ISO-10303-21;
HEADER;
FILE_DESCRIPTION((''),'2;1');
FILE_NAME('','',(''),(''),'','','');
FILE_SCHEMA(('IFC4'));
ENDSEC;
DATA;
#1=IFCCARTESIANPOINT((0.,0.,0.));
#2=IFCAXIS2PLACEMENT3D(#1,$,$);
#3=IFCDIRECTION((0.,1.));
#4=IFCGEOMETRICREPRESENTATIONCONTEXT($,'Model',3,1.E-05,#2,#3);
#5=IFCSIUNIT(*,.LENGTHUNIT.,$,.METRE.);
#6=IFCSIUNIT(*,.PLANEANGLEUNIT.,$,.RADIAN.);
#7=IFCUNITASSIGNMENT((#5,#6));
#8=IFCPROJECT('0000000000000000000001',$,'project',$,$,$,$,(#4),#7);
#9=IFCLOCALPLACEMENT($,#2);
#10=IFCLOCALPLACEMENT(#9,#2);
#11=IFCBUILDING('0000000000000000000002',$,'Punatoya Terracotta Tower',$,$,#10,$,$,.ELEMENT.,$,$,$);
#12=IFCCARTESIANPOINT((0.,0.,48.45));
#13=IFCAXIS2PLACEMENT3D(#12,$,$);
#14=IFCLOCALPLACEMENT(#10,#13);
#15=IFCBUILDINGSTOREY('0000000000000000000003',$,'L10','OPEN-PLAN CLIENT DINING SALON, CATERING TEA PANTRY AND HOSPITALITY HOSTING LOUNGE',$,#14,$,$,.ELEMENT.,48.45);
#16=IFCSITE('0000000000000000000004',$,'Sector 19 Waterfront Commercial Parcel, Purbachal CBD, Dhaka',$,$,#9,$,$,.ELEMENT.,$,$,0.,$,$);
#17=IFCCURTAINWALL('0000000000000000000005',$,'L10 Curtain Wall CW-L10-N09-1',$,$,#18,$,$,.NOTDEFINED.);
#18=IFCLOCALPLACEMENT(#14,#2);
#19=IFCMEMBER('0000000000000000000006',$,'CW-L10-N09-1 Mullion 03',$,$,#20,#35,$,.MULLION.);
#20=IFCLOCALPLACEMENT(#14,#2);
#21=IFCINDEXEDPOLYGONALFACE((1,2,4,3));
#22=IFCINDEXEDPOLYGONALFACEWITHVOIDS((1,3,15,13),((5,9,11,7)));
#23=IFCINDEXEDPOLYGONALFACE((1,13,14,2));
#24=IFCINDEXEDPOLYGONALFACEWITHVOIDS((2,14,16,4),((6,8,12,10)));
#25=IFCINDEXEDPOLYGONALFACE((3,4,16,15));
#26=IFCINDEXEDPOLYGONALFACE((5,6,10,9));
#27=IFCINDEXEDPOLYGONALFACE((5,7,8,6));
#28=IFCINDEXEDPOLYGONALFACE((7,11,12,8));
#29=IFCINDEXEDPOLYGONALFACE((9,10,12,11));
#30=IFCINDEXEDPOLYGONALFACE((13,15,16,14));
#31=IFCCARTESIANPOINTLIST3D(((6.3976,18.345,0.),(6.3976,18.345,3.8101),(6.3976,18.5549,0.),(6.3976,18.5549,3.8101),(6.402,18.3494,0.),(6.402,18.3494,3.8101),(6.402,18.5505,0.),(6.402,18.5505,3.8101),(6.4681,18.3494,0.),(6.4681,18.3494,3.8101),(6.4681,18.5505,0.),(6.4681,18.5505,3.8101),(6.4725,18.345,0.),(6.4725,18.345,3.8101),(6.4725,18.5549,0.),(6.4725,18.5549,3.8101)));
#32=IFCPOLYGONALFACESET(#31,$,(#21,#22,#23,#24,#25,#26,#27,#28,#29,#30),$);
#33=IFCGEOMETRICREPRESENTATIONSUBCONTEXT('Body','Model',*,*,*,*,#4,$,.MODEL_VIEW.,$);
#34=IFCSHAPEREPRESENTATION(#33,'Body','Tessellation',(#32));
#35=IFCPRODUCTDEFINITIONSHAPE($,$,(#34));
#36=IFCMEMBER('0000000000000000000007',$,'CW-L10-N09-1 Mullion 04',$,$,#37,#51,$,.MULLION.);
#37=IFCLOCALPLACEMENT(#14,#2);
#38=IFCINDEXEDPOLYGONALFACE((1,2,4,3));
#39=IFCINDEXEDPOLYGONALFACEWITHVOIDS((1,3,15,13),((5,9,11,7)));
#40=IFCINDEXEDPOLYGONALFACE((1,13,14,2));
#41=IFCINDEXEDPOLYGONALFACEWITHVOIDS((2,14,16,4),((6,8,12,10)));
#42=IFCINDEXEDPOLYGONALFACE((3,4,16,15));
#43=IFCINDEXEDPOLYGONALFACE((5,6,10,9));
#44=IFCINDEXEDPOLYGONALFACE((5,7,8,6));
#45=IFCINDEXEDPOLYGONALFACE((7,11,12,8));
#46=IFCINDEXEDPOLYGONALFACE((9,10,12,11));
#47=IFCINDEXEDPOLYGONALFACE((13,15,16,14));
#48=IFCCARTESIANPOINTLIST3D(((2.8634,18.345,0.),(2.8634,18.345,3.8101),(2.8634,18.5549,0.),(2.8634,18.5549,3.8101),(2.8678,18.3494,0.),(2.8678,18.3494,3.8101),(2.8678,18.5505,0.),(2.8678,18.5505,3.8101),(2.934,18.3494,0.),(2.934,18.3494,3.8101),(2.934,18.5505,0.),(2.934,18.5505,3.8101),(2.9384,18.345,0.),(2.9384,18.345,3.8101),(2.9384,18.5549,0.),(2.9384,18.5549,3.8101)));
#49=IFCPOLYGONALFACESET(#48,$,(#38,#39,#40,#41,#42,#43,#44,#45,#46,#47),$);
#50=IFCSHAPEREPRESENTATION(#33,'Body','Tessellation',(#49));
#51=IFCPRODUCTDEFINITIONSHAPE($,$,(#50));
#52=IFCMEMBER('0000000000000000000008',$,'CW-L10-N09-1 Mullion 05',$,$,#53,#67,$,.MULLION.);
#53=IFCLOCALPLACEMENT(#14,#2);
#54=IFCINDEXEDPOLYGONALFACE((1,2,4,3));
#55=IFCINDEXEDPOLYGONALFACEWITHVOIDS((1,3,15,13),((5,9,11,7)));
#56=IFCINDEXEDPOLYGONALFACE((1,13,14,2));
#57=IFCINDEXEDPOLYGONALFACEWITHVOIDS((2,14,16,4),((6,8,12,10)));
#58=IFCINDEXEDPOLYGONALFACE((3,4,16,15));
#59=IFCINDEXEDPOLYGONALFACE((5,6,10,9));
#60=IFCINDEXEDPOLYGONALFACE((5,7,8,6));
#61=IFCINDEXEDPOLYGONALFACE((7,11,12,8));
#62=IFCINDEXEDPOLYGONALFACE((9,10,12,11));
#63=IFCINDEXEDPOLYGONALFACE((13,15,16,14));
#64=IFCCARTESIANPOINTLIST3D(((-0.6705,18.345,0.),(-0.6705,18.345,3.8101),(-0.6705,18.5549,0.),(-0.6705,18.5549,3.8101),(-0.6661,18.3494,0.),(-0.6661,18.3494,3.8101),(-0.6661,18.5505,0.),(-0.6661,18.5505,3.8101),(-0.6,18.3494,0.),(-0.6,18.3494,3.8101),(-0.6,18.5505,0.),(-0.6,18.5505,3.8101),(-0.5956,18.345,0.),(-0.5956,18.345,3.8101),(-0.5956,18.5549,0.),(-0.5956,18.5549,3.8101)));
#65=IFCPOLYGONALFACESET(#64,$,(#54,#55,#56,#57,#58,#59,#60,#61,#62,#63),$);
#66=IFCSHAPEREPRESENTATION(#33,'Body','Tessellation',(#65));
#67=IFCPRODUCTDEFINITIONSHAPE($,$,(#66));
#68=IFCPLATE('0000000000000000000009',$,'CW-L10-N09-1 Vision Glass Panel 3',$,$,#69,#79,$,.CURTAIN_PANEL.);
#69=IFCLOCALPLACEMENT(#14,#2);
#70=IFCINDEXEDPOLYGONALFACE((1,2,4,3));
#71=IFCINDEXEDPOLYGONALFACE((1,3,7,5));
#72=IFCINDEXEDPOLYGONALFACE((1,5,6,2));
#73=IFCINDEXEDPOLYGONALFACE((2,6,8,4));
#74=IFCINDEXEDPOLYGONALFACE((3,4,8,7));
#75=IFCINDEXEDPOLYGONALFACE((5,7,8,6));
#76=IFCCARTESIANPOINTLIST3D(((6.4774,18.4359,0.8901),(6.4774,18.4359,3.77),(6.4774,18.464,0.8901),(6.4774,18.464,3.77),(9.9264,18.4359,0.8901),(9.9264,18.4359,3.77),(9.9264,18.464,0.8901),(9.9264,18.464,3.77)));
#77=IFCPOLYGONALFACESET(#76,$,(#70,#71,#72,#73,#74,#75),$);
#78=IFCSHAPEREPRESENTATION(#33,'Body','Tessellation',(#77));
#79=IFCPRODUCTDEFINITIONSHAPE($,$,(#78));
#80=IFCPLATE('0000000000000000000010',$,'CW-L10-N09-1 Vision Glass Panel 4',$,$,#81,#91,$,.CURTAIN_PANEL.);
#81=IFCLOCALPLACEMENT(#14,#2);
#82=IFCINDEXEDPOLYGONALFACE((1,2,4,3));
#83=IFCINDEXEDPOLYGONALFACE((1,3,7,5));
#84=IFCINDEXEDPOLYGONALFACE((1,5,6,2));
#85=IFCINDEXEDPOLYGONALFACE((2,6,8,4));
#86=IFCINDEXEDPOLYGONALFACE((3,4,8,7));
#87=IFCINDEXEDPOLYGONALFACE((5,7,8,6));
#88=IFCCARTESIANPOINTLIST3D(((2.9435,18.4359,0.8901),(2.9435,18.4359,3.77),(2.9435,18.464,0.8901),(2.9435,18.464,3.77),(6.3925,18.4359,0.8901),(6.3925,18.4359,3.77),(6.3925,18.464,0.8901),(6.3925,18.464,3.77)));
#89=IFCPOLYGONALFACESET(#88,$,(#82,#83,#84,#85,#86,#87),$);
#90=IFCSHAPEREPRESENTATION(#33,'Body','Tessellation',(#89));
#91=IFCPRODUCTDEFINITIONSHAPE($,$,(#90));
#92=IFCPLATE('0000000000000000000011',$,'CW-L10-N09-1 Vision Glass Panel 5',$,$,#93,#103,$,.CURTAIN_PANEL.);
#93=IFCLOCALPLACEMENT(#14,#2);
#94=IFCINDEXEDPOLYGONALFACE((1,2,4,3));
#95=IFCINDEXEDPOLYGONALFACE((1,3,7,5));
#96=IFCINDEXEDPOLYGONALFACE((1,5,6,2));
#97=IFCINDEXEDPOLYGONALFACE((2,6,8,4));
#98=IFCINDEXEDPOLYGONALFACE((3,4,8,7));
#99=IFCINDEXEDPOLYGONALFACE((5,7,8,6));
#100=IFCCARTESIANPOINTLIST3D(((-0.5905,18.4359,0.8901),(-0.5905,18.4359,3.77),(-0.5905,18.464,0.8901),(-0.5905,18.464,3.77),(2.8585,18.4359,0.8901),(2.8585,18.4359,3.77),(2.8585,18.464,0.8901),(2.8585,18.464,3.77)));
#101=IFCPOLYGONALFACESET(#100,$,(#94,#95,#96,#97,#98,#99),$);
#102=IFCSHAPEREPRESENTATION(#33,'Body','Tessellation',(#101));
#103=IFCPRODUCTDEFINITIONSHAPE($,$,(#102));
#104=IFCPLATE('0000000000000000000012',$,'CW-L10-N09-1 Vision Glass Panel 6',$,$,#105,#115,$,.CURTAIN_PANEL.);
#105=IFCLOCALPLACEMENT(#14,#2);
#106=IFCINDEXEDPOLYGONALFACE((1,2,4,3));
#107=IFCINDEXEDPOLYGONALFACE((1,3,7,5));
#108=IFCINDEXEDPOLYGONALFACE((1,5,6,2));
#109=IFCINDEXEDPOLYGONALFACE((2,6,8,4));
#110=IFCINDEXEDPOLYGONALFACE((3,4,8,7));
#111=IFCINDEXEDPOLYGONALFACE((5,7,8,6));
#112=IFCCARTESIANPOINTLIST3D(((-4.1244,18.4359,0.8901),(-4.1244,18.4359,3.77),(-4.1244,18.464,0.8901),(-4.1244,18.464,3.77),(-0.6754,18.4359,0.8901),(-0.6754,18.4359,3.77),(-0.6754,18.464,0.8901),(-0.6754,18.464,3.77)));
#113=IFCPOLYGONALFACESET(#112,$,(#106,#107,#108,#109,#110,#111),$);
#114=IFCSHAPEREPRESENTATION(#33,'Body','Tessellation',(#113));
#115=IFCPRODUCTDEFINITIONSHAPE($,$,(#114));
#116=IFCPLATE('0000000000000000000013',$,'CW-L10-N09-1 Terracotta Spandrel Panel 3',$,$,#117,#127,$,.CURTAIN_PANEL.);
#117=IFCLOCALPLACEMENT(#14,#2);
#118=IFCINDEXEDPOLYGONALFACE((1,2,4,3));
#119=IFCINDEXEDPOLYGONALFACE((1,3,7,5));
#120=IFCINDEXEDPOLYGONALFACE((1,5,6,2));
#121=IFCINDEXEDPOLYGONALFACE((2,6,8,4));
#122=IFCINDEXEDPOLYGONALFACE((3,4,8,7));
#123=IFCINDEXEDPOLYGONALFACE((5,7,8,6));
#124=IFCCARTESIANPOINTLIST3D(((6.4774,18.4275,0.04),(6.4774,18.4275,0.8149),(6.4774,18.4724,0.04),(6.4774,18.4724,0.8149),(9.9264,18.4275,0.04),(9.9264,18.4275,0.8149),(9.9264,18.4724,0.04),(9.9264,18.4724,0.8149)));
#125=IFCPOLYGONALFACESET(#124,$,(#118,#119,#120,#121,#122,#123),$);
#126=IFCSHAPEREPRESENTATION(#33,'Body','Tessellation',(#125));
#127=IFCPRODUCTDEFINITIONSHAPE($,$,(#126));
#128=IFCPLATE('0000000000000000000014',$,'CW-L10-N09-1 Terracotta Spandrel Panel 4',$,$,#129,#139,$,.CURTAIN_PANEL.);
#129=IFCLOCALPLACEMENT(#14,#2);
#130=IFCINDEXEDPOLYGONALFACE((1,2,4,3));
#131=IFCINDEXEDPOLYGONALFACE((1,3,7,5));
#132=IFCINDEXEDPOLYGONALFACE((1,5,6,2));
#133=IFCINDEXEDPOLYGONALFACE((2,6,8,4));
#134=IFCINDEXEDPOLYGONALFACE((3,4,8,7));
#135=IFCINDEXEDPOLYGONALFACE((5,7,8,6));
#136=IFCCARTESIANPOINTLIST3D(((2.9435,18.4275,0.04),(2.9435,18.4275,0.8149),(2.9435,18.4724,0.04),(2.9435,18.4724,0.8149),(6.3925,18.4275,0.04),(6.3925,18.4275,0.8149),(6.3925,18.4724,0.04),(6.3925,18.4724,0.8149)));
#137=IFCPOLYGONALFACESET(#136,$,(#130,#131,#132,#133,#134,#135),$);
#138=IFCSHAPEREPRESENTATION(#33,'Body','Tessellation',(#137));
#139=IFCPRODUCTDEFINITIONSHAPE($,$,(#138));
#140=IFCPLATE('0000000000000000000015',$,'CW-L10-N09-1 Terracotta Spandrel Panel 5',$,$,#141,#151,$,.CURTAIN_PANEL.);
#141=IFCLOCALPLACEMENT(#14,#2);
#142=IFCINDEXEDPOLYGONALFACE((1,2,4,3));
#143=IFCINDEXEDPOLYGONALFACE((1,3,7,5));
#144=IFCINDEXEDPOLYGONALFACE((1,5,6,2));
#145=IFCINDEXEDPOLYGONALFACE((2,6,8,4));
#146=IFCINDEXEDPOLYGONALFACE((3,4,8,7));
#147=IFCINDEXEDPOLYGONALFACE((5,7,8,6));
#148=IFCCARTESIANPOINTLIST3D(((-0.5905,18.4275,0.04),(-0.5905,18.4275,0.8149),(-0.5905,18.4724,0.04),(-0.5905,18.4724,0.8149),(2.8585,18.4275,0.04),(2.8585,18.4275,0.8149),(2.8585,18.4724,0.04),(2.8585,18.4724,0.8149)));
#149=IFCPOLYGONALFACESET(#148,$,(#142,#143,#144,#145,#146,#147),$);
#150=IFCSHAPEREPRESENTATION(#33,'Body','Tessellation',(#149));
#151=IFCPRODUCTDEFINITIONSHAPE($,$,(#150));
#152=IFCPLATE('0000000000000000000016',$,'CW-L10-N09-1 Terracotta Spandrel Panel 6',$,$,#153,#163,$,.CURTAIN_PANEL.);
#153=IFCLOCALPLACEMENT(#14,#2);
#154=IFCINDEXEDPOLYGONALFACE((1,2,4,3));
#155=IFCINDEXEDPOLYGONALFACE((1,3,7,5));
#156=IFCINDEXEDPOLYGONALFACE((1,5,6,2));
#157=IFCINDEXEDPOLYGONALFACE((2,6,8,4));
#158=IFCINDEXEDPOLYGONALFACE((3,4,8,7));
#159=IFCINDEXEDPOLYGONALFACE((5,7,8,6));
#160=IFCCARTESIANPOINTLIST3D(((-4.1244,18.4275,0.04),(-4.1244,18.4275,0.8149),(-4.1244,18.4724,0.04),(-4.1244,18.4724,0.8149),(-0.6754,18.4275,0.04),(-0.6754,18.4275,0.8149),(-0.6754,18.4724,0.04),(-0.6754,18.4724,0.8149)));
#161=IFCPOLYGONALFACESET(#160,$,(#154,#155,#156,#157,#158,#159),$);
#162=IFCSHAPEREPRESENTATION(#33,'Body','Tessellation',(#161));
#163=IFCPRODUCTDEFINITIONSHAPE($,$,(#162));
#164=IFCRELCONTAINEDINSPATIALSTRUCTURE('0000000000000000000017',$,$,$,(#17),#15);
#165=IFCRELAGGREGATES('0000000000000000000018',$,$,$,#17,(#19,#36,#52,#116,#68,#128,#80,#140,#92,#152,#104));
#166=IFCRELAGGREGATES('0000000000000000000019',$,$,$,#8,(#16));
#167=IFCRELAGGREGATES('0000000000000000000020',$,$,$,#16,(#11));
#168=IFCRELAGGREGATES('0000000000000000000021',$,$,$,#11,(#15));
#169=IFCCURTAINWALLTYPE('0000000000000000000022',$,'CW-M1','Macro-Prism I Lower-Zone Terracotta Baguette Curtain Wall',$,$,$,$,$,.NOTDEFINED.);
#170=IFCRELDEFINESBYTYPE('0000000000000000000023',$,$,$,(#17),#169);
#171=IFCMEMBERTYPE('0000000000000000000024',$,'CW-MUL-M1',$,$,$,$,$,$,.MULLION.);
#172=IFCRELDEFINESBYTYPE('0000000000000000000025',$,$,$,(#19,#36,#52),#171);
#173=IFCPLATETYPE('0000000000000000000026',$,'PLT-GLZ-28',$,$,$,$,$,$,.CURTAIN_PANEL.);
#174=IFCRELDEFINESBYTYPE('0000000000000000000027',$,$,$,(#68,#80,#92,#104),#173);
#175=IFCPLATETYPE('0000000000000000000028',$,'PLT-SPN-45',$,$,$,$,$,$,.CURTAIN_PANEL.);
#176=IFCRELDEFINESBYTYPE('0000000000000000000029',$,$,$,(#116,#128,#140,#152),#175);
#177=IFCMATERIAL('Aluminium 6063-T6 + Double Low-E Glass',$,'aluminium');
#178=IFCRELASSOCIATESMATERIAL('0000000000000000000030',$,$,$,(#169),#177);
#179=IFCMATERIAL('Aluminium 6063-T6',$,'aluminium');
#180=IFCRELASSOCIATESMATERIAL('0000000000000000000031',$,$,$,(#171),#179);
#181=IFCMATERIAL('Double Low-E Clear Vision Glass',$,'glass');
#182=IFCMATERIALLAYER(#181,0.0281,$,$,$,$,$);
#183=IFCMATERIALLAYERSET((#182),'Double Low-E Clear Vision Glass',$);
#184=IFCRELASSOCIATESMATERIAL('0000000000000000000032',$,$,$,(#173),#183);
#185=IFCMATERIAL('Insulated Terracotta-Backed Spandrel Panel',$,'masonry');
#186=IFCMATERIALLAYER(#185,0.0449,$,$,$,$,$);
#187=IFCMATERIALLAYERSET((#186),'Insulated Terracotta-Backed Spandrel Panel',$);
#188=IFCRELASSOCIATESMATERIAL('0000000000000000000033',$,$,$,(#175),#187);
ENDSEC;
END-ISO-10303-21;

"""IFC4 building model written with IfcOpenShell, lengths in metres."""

from ifc_helpers import new_model, si_unit, direction, frame, origin, origin_2d, place, context, subcontext, project, spatial, rectangle, hollow_rectangle, extrude, material, layer, layer_set, material_profile, profile_set, type_object, element, aggregate, save


model = new_model("IFC4")

# Units and contexts
model_context = context("Model", 3, precision=1e-05, world=origin(), true_north=direction((0.0, 1.0)))
body_context = subcontext(model_context, "Body", "Model", "MODEL_VIEW")
ifc_project = project(units=[si_unit("LENGTHUNIT", "METRE"), si_unit("PLANEANGLEUNIT", "RADIAN")], contexts=[model_context])

# Site, building, storey
site_placement = place(None, origin())
site = spatial("IfcSite", under=ifc_project, at=site_placement, Name="Sector 19 Waterfront Commercial Parcel, Purbachal CBD, Dhaka", CompositionType="ELEMENT", RefElevation=0.0)
building_placement = place(site_placement, origin())
building = spatial("IfcBuilding", under=site, at=building_placement, Name="Punatoya Terracotta Tower", CompositionType="ELEMENT")
storey_placement = place(building_placement, frame((0.0, 0.0, 48.45)))
storey = spatial("IfcBuildingStorey", under=building, at=storey_placement, Name="L10", Description="OPEN-PLAN CLIENT DINING SALON, CATERING TEA PANTRY AND HOSPITALITY HOSTING LOUNGE", CompositionType="ELEMENT", Elevation=48.45)

# Curtain wall, members, plates
ifc_material_1 = material(Name="Aluminium 6063-T6 + Double Low-E Glass", Category="aluminium")
curtain_wall_type = type_object("IfcCurtainWallType", Name="CW-M1", Description="Macro-Prism I Lower-Zone Terracotta Baguette Curtain Wall", PredefinedType="NOTDEFINED", material=ifc_material_1)
curtain_wall_placement = place(storey_placement, origin())
curtain_wall = element("IfcCurtainWall", 1, at=curtain_wall_placement, inside=storey, type_object=curtain_wall_type, Name="L10 Curtain Wall CW-L10-N09-1", PredefinedType="NOTDEFINED")
ifc_material_2 = material(Name="Aluminium 6063-T6", Category="aluminium")
ifc_material_profile_1 = material_profile(ifc_material_2, hollow_rectangle(XDim=0.075, YDim=0.21, WallThickness=0.0044, at=origin_2d()))
ifc_profile_set_1 = profile_set([ifc_material_profile_1], Name="Aluminium 6063-T6")
member_type = type_object("IfcMemberType", Name="CW-MUL-M1", PredefinedType="MULLION", material=ifc_profile_set_1)
member_1_placement = place(storey_placement, frame((6.4351, 18.45, 0.0), z_axis=(0.0, 0.0, 1.0), x_axis=(1.0, 0.0, 0.0)))
member_1 = element("IfcMember", 2, at=member_1_placement, type_object=member_type, Name="CW-L10-N09-1 Mullion 03", PredefinedType="MULLION", context=body_context, shape_type="SweptSolid", body=[
    extrude(hollow_rectangle(XDim=0.075, YDim=0.21, WallThickness=0.0044, at=origin_2d()), origin(), (0.0, 0.0, 1.0), 3.8101),
])
member_2_placement = place(storey_placement, frame((2.9009, 18.45, 0.0), z_axis=(0.0, 0.0, 1.0), x_axis=(1.0, 0.0, 0.0)))
member_2 = element("IfcMember", 3, at=member_2_placement, type_object=member_type, Name="CW-L10-N09-1 Mullion 04", PredefinedType="MULLION", context=body_context, shape_type="SweptSolid", body=[
    extrude(hollow_rectangle(XDim=0.075, YDim=0.21, WallThickness=0.0044, at=origin_2d()), origin(), (0.0, 0.0, 1.0), 3.8101),
])
member_3_placement = place(storey_placement, frame((-0.6331, 18.45, 0.0), z_axis=(0.0, 0.0, 1.0), x_axis=(1.0, 0.0, 0.0)))
member_3 = element("IfcMember", 4, at=member_3_placement, type_object=member_type, Name="CW-L10-N09-1 Mullion 05", PredefinedType="MULLION", context=body_context, shape_type="SweptSolid", body=[
    extrude(hollow_rectangle(XDim=0.075, YDim=0.21, WallThickness=0.0044, at=origin_2d()), origin(), (0.0, 0.0, 1.0), 3.8101),
])
ifc_material_3 = material(Name="Double Low-E Clear Vision Glass", Category="glass")
ifc_layer_1 = layer(ifc_material_3, 0.0281)
ifc_layer_set_1 = layer_set([ifc_layer_1], Name="Double Low-E Clear Vision Glass")
plate_type_1 = type_object("IfcPlateType", Name="PLT-GLZ-28", PredefinedType="CURTAIN_PANEL", material=ifc_layer_set_1)
plate_1_placement = place(storey_placement, frame((8.2019, 18.45, 0.8901), z_axis=(0.0, 0.0, 1.0), x_axis=(-1.0, 0.0, 0.0)))
plate_1 = element("IfcPlate", 5, at=plate_1_placement, type_object=plate_type_1, Name="CW-L10-N09-1 Vision Glass Panel 3", PredefinedType="CURTAIN_PANEL", context=body_context, shape_type="SweptSolid", body=[
    extrude(rectangle(XDim=3.449, YDim=0.0281, at=origin_2d()), origin(), (0.0, 0.0, 1.0), 2.8799),
])
plate_2_placement = place(storey_placement, frame((4.668, 18.45, 0.8901), z_axis=(0.0, 0.0, 1.0), x_axis=(-1.0, 0.0, 0.0)))
plate_2 = element("IfcPlate", 6, at=plate_2_placement, type_object=plate_type_1, Name="CW-L10-N09-1 Vision Glass Panel 4", PredefinedType="CURTAIN_PANEL", context=body_context, shape_type="SweptSolid", body=[
    extrude(rectangle(XDim=3.449, YDim=0.0281, at=origin_2d()), origin(), (0.0, 0.0, 1.0), 2.8799),
])
plate_3_placement = place(storey_placement, frame((1.134, 18.45, 0.8901), z_axis=(0.0, 0.0, 1.0), x_axis=(-1.0, 0.0, 0.0)))
plate_3 = element("IfcPlate", 7, at=plate_3_placement, type_object=plate_type_1, Name="CW-L10-N09-1 Vision Glass Panel 5", PredefinedType="CURTAIN_PANEL", context=body_context, shape_type="SweptSolid", body=[
    extrude(rectangle(XDim=3.449, YDim=0.0281, at=origin_2d()), origin(), (0.0, 0.0, 1.0), 2.8799),
])
plate_4_placement = place(storey_placement, frame((-2.3999, 18.45, 0.8901), z_axis=(0.0, 0.0, 1.0), x_axis=(-1.0, 0.0, 0.0)))
plate_4 = element("IfcPlate", 8, at=plate_4_placement, type_object=plate_type_1, Name="CW-L10-N09-1 Vision Glass Panel 6", PredefinedType="CURTAIN_PANEL", context=body_context, shape_type="SweptSolid", body=[
    extrude(rectangle(XDim=3.449, YDim=0.0281, at=origin_2d()), origin(), (0.0, 0.0, 1.0), 2.8799),
])
ifc_material_4 = material(Name="Insulated Terracotta-Backed Spandrel Panel", Category="masonry")
ifc_layer_2 = layer(ifc_material_4, 0.0449)
ifc_layer_set_2 = layer_set([ifc_layer_2], Name="Insulated Terracotta-Backed Spandrel Panel")
plate_type_2 = type_object("IfcPlateType", Name="PLT-SPN-45", PredefinedType="CURTAIN_PANEL", material=ifc_layer_set_2)
plate_5_placement = place(storey_placement, frame((8.2019, 18.45, 0.04), z_axis=(0.0, 0.0, 1.0), x_axis=(-1.0, 0.0, 0.0)))
plate_5 = element("IfcPlate", 9, at=plate_5_placement, type_object=plate_type_2, Name="CW-L10-N09-1 Terracotta Spandrel Panel 3", PredefinedType="CURTAIN_PANEL", context=body_context, shape_type="SweptSolid", body=[
    extrude(rectangle(XDim=3.449, YDim=0.0449, at=origin_2d()), origin(), (0.0, 0.0, 1.0), 0.7749),
])
plate_6_placement = place(storey_placement, frame((4.668, 18.45, 0.04), z_axis=(0.0, 0.0, 1.0), x_axis=(-1.0, 0.0, 0.0)))
plate_6 = element("IfcPlate", 10, at=plate_6_placement, type_object=plate_type_2, Name="CW-L10-N09-1 Terracotta Spandrel Panel 4", PredefinedType="CURTAIN_PANEL", context=body_context, shape_type="SweptSolid", body=[
    extrude(rectangle(XDim=3.449, YDim=0.0449, at=origin_2d()), origin(), (0.0, 0.0, 1.0), 0.7749),
])
plate_7_placement = place(storey_placement, frame((1.134, 18.45, 0.04), z_axis=(0.0, 0.0, 1.0), x_axis=(-1.0, 0.0, 0.0)))
plate_7 = element("IfcPlate", 11, at=plate_7_placement, type_object=plate_type_2, Name="CW-L10-N09-1 Terracotta Spandrel Panel 5", PredefinedType="CURTAIN_PANEL", context=body_context, shape_type="SweptSolid", body=[
    extrude(rectangle(XDim=3.449, YDim=0.0449, at=origin_2d()), origin(), (0.0, 0.0, 1.0), 0.7749),
])
plate_8_placement = place(storey_placement, frame((-2.3999, 18.45, 0.04), z_axis=(0.0, 0.0, 1.0), x_axis=(-1.0, 0.0, 0.0)))
plate_8 = element("IfcPlate", 12, at=plate_8_placement, type_object=plate_type_2, Name="CW-L10-N09-1 Terracotta Spandrel Panel 6", PredefinedType="CURTAIN_PANEL", context=body_context, shape_type="SweptSolid", body=[
    extrude(rectangle(XDim=3.449, YDim=0.0449, at=origin_2d()), origin(), (0.0, 0.0, 1.0), 0.7749),
])
aggregate(curtain_wall, [member_1, member_2, member_3, plate_5, plate_1, plate_6, plate_2, plate_7, plate_3, plate_8, plate_4])

save(model, "model.ifc")
